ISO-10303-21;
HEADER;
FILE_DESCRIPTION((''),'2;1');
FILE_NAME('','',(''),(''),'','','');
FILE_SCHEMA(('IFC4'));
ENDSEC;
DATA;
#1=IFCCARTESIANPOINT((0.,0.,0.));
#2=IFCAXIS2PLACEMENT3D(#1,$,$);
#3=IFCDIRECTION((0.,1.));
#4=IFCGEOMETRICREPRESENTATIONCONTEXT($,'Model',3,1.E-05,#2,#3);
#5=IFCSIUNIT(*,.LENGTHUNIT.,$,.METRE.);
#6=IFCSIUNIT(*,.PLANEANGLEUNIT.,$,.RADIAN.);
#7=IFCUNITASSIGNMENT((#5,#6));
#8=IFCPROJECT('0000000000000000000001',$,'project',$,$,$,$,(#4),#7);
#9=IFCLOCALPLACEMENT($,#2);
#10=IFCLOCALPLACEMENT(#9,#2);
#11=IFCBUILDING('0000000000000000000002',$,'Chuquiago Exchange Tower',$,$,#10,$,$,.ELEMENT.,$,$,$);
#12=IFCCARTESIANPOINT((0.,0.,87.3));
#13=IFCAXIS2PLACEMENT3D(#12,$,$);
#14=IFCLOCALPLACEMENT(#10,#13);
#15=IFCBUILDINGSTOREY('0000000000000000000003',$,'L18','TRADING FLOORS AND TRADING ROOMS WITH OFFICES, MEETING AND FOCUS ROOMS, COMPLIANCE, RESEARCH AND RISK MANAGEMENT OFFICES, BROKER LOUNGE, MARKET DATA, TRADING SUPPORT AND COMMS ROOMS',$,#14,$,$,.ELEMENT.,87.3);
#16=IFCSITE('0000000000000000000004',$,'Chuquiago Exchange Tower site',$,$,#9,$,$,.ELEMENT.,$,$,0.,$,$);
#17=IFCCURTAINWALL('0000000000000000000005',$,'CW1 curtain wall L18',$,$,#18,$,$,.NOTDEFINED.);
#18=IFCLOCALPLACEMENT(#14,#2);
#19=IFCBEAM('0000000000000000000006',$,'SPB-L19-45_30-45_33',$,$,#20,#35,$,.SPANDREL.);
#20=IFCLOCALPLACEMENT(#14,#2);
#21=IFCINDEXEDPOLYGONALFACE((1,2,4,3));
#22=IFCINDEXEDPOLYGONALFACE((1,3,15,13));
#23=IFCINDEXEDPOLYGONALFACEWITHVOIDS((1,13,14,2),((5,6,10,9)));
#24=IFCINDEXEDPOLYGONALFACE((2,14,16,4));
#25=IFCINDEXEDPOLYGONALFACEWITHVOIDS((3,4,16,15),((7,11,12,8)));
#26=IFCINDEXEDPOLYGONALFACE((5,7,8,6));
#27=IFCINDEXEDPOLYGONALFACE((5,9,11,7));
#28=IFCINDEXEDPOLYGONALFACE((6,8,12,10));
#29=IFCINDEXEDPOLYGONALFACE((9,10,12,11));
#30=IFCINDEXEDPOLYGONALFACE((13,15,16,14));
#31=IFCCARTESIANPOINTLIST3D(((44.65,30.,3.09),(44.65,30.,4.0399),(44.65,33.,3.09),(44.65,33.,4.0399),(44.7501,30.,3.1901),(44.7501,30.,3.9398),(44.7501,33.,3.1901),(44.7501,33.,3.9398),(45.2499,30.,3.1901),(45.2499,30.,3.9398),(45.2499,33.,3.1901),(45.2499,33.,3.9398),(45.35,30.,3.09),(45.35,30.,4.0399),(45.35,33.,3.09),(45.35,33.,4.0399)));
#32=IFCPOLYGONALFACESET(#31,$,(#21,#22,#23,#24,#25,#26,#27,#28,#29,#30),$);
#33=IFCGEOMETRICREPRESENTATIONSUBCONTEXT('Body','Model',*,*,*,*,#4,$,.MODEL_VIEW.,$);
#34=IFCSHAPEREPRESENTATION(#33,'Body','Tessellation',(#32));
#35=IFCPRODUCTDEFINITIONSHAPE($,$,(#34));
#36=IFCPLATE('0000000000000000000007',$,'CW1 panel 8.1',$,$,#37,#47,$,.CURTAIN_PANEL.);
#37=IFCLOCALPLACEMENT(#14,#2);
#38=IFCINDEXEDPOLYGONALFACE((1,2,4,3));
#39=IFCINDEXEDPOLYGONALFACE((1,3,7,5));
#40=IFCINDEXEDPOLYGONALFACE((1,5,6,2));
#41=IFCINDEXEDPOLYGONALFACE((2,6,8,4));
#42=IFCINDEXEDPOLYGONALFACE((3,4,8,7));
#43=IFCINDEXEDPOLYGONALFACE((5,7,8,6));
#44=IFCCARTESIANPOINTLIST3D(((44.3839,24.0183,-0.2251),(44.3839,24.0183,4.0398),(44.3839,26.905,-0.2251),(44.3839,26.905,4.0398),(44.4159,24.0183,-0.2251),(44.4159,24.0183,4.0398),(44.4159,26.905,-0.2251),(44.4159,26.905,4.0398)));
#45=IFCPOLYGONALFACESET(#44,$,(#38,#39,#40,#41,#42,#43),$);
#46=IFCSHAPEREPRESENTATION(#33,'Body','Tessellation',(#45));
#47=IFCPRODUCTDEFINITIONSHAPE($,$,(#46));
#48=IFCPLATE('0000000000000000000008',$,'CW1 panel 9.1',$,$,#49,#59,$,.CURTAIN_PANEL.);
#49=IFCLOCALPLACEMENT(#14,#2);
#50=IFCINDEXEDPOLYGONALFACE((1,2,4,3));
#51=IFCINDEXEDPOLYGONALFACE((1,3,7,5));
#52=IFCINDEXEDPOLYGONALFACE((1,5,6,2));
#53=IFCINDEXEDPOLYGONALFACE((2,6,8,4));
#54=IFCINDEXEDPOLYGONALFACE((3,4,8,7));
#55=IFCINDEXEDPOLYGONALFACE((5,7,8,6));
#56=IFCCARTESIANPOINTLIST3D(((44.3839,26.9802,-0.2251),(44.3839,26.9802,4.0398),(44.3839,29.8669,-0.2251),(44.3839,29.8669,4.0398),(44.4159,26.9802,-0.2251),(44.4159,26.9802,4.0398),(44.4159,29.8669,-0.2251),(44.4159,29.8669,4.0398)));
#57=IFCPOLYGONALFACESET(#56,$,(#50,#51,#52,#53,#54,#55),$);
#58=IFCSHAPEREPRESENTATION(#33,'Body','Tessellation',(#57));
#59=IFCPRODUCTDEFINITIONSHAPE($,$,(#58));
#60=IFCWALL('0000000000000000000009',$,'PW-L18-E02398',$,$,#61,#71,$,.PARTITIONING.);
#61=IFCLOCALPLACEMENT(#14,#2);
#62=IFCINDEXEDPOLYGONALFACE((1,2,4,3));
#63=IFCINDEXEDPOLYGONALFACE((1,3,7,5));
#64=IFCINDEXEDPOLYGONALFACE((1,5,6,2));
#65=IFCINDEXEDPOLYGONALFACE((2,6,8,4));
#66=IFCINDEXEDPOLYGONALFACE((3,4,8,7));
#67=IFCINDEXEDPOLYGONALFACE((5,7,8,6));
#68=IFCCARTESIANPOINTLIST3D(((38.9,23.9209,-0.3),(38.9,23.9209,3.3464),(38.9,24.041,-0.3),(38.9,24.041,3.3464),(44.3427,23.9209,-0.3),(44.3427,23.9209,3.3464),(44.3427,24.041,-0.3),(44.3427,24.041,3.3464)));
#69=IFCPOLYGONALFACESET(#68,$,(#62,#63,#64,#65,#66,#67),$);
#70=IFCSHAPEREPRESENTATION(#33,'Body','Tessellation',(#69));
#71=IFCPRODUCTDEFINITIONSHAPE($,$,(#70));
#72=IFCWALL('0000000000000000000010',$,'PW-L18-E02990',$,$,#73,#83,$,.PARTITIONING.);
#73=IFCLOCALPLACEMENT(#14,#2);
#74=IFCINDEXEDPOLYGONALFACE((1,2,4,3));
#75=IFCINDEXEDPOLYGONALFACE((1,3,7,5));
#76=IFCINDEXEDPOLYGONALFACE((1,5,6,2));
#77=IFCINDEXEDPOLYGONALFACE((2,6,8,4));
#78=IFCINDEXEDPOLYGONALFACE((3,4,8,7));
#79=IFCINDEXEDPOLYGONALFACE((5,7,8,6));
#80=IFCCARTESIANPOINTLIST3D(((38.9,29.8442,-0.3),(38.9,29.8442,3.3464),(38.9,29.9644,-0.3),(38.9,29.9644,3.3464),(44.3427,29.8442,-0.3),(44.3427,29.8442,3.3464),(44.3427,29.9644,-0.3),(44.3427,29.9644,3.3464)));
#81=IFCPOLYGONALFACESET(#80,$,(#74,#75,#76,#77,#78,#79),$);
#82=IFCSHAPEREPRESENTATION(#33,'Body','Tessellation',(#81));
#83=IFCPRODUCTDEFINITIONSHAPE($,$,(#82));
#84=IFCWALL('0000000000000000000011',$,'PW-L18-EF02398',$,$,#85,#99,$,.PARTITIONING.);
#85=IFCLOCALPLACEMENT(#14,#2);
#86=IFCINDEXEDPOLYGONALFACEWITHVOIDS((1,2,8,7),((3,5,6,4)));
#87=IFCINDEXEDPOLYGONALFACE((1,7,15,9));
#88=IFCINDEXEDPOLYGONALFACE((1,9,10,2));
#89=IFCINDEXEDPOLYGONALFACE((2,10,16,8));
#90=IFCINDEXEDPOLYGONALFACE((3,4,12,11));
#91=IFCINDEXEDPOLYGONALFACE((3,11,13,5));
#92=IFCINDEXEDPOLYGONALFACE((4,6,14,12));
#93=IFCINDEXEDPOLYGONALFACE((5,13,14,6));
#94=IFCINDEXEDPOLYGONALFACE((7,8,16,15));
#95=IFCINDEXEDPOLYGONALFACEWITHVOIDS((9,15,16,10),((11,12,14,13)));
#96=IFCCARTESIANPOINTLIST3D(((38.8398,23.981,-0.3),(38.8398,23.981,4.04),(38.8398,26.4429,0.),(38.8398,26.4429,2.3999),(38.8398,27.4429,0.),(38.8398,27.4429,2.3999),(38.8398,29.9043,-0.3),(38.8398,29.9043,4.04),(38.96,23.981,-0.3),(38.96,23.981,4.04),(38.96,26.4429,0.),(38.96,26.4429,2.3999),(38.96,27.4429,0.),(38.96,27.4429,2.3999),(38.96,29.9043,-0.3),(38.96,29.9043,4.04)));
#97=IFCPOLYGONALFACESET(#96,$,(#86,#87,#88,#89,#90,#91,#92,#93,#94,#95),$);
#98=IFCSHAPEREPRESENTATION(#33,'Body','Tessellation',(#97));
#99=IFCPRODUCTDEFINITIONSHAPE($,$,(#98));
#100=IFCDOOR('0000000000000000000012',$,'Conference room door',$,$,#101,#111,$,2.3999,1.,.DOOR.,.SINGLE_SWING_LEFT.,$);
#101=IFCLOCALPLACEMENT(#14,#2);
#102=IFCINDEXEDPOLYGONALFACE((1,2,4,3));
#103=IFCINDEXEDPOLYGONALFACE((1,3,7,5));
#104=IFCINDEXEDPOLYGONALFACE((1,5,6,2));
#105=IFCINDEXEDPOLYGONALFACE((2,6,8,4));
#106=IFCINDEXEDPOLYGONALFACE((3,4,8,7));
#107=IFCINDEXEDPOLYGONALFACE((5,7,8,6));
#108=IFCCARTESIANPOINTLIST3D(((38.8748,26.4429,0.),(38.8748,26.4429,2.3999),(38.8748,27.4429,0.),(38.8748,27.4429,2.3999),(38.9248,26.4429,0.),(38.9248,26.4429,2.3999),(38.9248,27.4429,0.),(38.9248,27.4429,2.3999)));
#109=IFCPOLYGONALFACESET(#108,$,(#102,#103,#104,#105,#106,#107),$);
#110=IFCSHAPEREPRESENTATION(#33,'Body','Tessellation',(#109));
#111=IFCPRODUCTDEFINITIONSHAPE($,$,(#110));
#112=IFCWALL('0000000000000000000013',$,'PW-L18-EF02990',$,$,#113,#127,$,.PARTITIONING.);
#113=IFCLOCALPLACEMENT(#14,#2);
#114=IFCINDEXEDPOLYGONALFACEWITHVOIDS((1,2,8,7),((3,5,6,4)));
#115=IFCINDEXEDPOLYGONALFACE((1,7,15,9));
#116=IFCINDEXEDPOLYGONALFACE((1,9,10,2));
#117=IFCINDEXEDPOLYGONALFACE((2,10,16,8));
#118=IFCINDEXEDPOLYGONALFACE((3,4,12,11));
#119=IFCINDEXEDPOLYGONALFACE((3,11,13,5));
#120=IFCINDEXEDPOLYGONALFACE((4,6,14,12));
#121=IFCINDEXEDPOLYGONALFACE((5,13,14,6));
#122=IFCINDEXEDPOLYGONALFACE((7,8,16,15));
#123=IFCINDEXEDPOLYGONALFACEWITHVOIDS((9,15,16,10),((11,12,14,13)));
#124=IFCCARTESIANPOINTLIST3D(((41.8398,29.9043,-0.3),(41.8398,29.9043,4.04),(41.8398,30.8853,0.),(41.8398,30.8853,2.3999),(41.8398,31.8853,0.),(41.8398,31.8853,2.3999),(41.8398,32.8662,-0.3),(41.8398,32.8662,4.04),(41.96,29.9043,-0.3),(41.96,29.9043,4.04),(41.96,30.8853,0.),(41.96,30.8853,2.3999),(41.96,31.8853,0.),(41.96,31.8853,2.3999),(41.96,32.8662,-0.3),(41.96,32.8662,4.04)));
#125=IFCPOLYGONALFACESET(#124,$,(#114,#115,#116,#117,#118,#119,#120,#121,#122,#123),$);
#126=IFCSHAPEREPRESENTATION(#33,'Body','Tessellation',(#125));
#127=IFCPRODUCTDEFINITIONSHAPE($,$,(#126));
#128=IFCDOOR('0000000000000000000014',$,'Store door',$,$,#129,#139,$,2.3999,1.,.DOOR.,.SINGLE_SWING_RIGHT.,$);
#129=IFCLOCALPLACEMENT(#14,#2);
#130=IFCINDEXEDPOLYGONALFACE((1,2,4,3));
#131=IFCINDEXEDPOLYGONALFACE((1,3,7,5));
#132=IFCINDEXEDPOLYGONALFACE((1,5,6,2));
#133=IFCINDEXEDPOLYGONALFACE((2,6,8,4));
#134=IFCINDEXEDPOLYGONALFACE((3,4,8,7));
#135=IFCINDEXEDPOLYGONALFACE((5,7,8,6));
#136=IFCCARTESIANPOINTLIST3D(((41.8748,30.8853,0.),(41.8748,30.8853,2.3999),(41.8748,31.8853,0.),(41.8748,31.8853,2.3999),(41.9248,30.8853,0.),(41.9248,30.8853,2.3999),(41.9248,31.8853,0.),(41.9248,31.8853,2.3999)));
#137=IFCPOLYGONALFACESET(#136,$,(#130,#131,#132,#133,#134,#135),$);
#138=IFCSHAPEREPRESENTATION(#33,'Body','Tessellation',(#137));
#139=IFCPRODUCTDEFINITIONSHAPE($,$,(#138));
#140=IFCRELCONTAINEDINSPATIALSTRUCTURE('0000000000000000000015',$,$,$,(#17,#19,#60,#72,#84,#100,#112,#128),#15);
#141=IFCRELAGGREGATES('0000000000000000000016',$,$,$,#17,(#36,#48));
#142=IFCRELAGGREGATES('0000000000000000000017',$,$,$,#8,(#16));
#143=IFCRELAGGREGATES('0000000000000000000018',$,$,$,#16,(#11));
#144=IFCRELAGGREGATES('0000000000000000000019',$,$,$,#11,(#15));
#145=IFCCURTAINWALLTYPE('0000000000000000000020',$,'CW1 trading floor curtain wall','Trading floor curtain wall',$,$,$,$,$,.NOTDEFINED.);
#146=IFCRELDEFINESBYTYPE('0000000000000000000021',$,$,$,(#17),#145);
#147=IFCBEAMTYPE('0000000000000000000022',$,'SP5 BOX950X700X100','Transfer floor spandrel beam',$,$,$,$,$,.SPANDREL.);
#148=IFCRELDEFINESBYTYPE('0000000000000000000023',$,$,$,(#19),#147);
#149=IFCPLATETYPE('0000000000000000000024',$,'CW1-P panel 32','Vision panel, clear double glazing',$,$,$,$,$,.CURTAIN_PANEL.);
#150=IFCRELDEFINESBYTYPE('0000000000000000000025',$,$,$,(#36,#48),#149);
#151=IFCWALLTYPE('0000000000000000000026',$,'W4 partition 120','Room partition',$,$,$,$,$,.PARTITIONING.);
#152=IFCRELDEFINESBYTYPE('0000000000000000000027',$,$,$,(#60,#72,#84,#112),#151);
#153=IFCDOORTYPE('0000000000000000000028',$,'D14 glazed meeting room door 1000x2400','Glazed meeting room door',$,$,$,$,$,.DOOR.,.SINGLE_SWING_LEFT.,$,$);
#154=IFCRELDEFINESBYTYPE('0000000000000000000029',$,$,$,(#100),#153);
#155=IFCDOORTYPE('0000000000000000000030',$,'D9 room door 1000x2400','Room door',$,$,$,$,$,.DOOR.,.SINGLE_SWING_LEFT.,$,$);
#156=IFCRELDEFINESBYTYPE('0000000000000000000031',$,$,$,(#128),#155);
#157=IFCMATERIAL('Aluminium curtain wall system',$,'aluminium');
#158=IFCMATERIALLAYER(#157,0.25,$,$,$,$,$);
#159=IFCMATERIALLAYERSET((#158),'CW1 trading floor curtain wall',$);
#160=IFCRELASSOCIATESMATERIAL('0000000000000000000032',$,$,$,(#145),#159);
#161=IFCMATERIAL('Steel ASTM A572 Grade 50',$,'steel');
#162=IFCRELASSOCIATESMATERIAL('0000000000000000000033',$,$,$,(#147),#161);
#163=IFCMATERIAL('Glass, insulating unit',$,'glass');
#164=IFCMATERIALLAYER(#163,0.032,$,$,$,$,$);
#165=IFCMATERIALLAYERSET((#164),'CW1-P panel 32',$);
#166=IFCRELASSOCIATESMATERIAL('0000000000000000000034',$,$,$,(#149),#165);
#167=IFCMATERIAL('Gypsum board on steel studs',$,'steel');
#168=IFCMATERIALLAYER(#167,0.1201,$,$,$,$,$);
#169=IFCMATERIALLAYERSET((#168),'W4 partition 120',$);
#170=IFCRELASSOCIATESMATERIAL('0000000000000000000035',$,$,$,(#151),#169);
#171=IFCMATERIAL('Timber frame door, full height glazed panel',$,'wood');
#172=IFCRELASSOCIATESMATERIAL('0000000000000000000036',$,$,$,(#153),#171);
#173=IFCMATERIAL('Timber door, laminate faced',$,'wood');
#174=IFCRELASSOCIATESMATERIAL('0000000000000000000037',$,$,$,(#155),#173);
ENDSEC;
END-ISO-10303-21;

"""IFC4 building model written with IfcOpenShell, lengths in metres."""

from ifc_helpers import new_model, si_unit, direction, frame, frame_2d, origin, origin_2d, place, context, subcontext, project, spatial, rectangle, hollow_rectangle, extrude, material, layer, layer_set, material_profile, profile_set, type_object, element, fill, aggregate, save


model = new_model("IFC4")

# Units and contexts
model_context = context("Model", 3, precision=1e-05, world=origin(), true_north=direction((0.0, 1.0)))
body_context = subcontext(model_context, "Body", "Model", "MODEL_VIEW")
ifc_project = project(units=[si_unit("LENGTHUNIT", "METRE"), si_unit("PLANEANGLEUNIT", "RADIAN")], contexts=[model_context])

# Site, building, storey
site_placement = place(None, origin())
site = spatial("IfcSite", under=ifc_project, at=site_placement, Name="Chuquiago Exchange Tower site", CompositionType="ELEMENT", RefElevation=0.0)
building_placement = place(site_placement, origin())
building = spatial("IfcBuilding", under=site, at=building_placement, Name="Chuquiago Exchange Tower", CompositionType="ELEMENT")
storey_placement = place(building_placement, frame((0.0, 0.0, 87.3)))
storey = spatial("IfcBuildingStorey", under=building, at=storey_placement, Name="L18", Description="TRADING FLOORS AND TRADING ROOMS WITH OFFICES, MEETING AND FOCUS ROOMS, COMPLIANCE, RESEARCH AND RISK MANAGEMENT OFFICES, BROKER LOUNGE, MARKET DATA, TRADING SUPPORT AND COMMS ROOMS", CompositionType="ELEMENT", Elevation=87.3)

# Curtain wall
ifc_material_1 = material(Name="Aluminium curtain wall system", Category="aluminium")
ifc_layer_1 = layer(ifc_material_1, 0.25)
ifc_layer_set_1 = layer_set([ifc_layer_1], Name="CW1 trading floor curtain wall")
curtain_wall_type = type_object("IfcCurtainWallType", Name="CW1 trading floor curtain wall", Description="Trading floor curtain wall", PredefinedType="NOTDEFINED", material=ifc_layer_set_1)
curtain_wall_placement = place(storey_placement, origin())
curtain_wall = element("IfcCurtainWall", 1, at=curtain_wall_placement, inside=storey, type_object=curtain_wall_type, Name="CW1 curtain wall L18", PredefinedType="NOTDEFINED")

# Beam
ifc_material_2 = material(Name="Steel ASTM A572 Grade 50", Category="steel")
ifc_material_profile_1 = material_profile(ifc_material_2, hollow_rectangle(XDim=0.7, YDim=0.95, WallThickness=0.1001, at=origin_2d()), Name="BOX950X700X100")
ifc_profile_set_1 = profile_set([ifc_material_profile_1], Name="Steel ASTM A572 Grade 50")
beam_type = type_object("IfcBeamType", Name="SP5 BOX950X700X100", Description="Transfer floor spandrel beam", PredefinedType="SPANDREL", material=ifc_profile_set_1)
for number, where, z_axis, x_axis, name in (
    (2, (45.0, 30.0, 3.5649), (0.0, 1.0, 0.0), (-1.0, 0.0, 0.0), "SPB-L19-45_30-45_33"),
):
    element("IfcBeam", number, at=place(storey_placement, frame(where, z_axis=z_axis, x_axis=x_axis)), inside=storey, type_object=beam_type, Name=name, PredefinedType="SPANDREL", context=body_context, shape_type="SweptSolid", body=[
        extrude(hollow_rectangle(XDim=0.7, YDim=0.95, WallThickness=0.1001, at=origin_2d()), origin(), (0.0, 0.0, 1.0), 3.0),
    ])

# Plates
ifc_material_3 = material(Name="Glass, insulating unit", Category="glass")
ifc_layer_2 = layer(ifc_material_3, 0.032)
ifc_layer_set_2 = layer_set([ifc_layer_2], Name="CW1-P panel 32")
plate_type = type_object("IfcPlateType", Name="CW1-P panel 32", Description="Vision panel, clear double glazing", PredefinedType="CURTAIN_PANEL", material=ifc_layer_set_2)
plate_1_placement = place(storey_placement, frame((44.3999, 25.4617, -0.2251), z_axis=(0.0, 0.0, 1.0), x_axis=(0.0, 1.0, 0.0)))
plate_1 = element("IfcPlate", 3, at=plate_1_placement, type_object=plate_type, Name="CW1 panel 8.1", PredefinedType="CURTAIN_PANEL", context=body_context, shape_type="SweptSolid", body=[
    extrude(rectangle(XDim=2.8867, YDim=0.032, at=origin_2d()), origin(), (0.0, 0.0, 1.0), 4.2649),
])
plate_2_placement = place(storey_placement, frame((44.3999, 28.4236, -0.2251), z_axis=(0.0, 0.0, 1.0), x_axis=(0.0, 1.0, 0.0)))
plate_2 = element("IfcPlate", 4, at=plate_2_placement, type_object=plate_type, Name="CW1 panel 9.1", PredefinedType="CURTAIN_PANEL", context=body_context, shape_type="SweptSolid", body=[
    extrude(rectangle(XDim=2.8867, YDim=0.032, at=origin_2d()), origin(), (0.0, 0.0, 1.0), 4.2649),
])
aggregate(curtain_wall, [plate_1, plate_2])

# Walls
ifc_material_4 = material(Name="Gypsum board on steel studs", Category="steel")
ifc_layer_3 = layer(ifc_material_4, 0.1201)
ifc_layer_set_3 = layer_set([ifc_layer_3], Name="W4 partition 120")
wall_type = type_object("IfcWallType", Name="W4 partition 120", Description="Room partition", PredefinedType="PARTITIONING", material=ifc_layer_set_3)
for number, where, z_axis, x_axis, name in (
    (5, (44.3425, 23.981, -0.3), (0.0, 0.0, 1.0), (-1.0, 0.0, 0.0), "PW-L18-E02398"),
    (6, (44.3425, 29.9043, -0.3), (0.0, 0.0, 1.0), (-1.0, 0.0, 0.0), "PW-L18-E02990"),
):
    element("IfcWall", number, at=place(storey_placement, frame(where, z_axis=z_axis, x_axis=x_axis)), inside=storey, type_object=wall_type, Name=name, PredefinedType="PARTITIONING", context=body_context, shape_type="SweptSolid", body=[
        extrude(rectangle(XDim=5.4426, YDim=0.1201, at=frame_2d((2.7212, 0.0))), origin(), (0.0, 0.0, 1.0), 3.6465),
    ])

# Walls, openings, doors
wall_1_placement = place(storey_placement, frame((38.8999, 23.981, -0.3), z_axis=(0.0, 0.0, 1.0), x_axis=(0.0, 1.0, 0.0)))
wall_1 = element("IfcWall", 7, at=wall_1_placement, inside=storey, type_object=wall_type, Name="PW-L18-EF02398", PredefinedType="PARTITIONING", context=body_context, shape_type="SweptSolid", body=[
    extrude(rectangle(XDim=5.9233, YDim=0.1201, at=frame_2d((2.9617, 0.0))), origin(), (0.0, 0.0, 1.0), 4.3401),
])
opening_1_placement = place(wall_1_placement, frame((2.4619, 0.0, 0.3)))
opening_1 = element("IfcOpeningElement", 8, at=opening_1_placement, cuts=wall_1, PredefinedType="OPENING", context=body_context, shape_type="SweptSolid", body=[
    extrude(rectangle(XDim=1.0, YDim=2.3999, at=frame_2d((0.5, 1.2))), frame((0.0, 0.0701, 0.0), z_axis=(0.0, -1.0, 0.0), x_axis=(1.0, 0.0, 0.0)), (0.0, 0.0, 1.0), 0.1401),
])
ifc_material_5 = material(Name="Timber frame door, full height glazed panel", Category="wood")
door_type_1 = type_object("IfcDoorType", Name="D14 glazed meeting room door 1000x2400", Description="Glazed meeting room door", OperationType="SINGLE_SWING_LEFT", PredefinedType="DOOR", material=ifc_material_5)
door_1_placement = place(opening_1_placement, frame((1.0, 0.0, 0.0), z_axis=(0.0, 0.0, 1.0), x_axis=(-1.0, 0.0, 0.0)))
door_1 = element("IfcDoor", 9, at=door_1_placement, inside=storey, type_object=door_type_1, Name="Conference room door", OperationType="SINGLE_SWING_LEFT", OverallHeight=2.3999, OverallWidth=1.0, PredefinedType="DOOR", context=body_context, shape_type="SweptSolid", body=[
    extrude(rectangle(XDim=1.0, YDim=2.3999, at=frame_2d((0.5, 1.2))), frame((0.0, 0.0249, 0.0), z_axis=(0.0, -1.0, 0.0), x_axis=(1.0, 0.0, 0.0)), (0.0, 0.0, 1.0), 0.05),
])
fill(opening_1, door_1)
wall_2_placement = place(storey_placement, frame((41.8999, 29.9043, -0.3), z_axis=(0.0, 0.0, 1.0), x_axis=(0.0, 1.0, 0.0)))
wall_2 = element("IfcWall", 10, at=wall_2_placement, inside=storey, type_object=wall_type, Name="PW-L18-EF02990", PredefinedType="PARTITIONING", context=body_context, shape_type="SweptSolid", body=[
    extrude(rectangle(XDim=2.9619, YDim=0.1201, at=frame_2d((1.481, 0.0))), origin(), (0.0, 0.0, 1.0), 4.3401),
])
opening_2_placement = place(wall_2_placement, frame((0.981, 0.0, 0.3)))
opening_2 = element("IfcOpeningElement", 11, at=opening_2_placement, cuts=wall_2, PredefinedType="OPENING", context=body_context, shape_type="SweptSolid", body=[
    extrude(rectangle(XDim=1.0, YDim=2.3999, at=frame_2d((0.5, 1.2))), frame((0.0, 0.0701, 0.0), z_axis=(0.0, -1.0, 0.0), x_axis=(1.0, 0.0, 0.0)), (0.0, 0.0, 1.0), 0.1401),
])
ifc_material_6 = material(Name="Timber door, laminate faced", Category="wood")
door_type_2 = type_object("IfcDoorType", Name="D9 room door 1000x2400", Description="Room door", OperationType="SINGLE_SWING_LEFT", PredefinedType="DOOR", material=ifc_material_6)
door_2_placement = place(opening_2_placement, frame((1.0, 0.0, 0.0), z_axis=(0.0, 0.0, 1.0), x_axis=(-1.0, 0.0, 0.0)))
door_2 = element("IfcDoor", 12, at=door_2_placement, inside=storey, type_object=door_type_2, Name="Store door", OperationType="SINGLE_SWING_RIGHT", OverallHeight=2.3999, OverallWidth=1.0, PredefinedType="DOOR", context=body_context, shape_type="SweptSolid", body=[
    extrude(rectangle(XDim=1.0, YDim=2.3999, at=frame_2d((0.5, 1.2))), frame((0.0, 0.0249, 0.0), z_axis=(0.0, -1.0, 0.0), x_axis=(1.0, 0.0, 0.0)), (0.0, 0.0, 1.0), 0.05),
])
fill(opening_2, door_2)

save(model, "model.ifc")
